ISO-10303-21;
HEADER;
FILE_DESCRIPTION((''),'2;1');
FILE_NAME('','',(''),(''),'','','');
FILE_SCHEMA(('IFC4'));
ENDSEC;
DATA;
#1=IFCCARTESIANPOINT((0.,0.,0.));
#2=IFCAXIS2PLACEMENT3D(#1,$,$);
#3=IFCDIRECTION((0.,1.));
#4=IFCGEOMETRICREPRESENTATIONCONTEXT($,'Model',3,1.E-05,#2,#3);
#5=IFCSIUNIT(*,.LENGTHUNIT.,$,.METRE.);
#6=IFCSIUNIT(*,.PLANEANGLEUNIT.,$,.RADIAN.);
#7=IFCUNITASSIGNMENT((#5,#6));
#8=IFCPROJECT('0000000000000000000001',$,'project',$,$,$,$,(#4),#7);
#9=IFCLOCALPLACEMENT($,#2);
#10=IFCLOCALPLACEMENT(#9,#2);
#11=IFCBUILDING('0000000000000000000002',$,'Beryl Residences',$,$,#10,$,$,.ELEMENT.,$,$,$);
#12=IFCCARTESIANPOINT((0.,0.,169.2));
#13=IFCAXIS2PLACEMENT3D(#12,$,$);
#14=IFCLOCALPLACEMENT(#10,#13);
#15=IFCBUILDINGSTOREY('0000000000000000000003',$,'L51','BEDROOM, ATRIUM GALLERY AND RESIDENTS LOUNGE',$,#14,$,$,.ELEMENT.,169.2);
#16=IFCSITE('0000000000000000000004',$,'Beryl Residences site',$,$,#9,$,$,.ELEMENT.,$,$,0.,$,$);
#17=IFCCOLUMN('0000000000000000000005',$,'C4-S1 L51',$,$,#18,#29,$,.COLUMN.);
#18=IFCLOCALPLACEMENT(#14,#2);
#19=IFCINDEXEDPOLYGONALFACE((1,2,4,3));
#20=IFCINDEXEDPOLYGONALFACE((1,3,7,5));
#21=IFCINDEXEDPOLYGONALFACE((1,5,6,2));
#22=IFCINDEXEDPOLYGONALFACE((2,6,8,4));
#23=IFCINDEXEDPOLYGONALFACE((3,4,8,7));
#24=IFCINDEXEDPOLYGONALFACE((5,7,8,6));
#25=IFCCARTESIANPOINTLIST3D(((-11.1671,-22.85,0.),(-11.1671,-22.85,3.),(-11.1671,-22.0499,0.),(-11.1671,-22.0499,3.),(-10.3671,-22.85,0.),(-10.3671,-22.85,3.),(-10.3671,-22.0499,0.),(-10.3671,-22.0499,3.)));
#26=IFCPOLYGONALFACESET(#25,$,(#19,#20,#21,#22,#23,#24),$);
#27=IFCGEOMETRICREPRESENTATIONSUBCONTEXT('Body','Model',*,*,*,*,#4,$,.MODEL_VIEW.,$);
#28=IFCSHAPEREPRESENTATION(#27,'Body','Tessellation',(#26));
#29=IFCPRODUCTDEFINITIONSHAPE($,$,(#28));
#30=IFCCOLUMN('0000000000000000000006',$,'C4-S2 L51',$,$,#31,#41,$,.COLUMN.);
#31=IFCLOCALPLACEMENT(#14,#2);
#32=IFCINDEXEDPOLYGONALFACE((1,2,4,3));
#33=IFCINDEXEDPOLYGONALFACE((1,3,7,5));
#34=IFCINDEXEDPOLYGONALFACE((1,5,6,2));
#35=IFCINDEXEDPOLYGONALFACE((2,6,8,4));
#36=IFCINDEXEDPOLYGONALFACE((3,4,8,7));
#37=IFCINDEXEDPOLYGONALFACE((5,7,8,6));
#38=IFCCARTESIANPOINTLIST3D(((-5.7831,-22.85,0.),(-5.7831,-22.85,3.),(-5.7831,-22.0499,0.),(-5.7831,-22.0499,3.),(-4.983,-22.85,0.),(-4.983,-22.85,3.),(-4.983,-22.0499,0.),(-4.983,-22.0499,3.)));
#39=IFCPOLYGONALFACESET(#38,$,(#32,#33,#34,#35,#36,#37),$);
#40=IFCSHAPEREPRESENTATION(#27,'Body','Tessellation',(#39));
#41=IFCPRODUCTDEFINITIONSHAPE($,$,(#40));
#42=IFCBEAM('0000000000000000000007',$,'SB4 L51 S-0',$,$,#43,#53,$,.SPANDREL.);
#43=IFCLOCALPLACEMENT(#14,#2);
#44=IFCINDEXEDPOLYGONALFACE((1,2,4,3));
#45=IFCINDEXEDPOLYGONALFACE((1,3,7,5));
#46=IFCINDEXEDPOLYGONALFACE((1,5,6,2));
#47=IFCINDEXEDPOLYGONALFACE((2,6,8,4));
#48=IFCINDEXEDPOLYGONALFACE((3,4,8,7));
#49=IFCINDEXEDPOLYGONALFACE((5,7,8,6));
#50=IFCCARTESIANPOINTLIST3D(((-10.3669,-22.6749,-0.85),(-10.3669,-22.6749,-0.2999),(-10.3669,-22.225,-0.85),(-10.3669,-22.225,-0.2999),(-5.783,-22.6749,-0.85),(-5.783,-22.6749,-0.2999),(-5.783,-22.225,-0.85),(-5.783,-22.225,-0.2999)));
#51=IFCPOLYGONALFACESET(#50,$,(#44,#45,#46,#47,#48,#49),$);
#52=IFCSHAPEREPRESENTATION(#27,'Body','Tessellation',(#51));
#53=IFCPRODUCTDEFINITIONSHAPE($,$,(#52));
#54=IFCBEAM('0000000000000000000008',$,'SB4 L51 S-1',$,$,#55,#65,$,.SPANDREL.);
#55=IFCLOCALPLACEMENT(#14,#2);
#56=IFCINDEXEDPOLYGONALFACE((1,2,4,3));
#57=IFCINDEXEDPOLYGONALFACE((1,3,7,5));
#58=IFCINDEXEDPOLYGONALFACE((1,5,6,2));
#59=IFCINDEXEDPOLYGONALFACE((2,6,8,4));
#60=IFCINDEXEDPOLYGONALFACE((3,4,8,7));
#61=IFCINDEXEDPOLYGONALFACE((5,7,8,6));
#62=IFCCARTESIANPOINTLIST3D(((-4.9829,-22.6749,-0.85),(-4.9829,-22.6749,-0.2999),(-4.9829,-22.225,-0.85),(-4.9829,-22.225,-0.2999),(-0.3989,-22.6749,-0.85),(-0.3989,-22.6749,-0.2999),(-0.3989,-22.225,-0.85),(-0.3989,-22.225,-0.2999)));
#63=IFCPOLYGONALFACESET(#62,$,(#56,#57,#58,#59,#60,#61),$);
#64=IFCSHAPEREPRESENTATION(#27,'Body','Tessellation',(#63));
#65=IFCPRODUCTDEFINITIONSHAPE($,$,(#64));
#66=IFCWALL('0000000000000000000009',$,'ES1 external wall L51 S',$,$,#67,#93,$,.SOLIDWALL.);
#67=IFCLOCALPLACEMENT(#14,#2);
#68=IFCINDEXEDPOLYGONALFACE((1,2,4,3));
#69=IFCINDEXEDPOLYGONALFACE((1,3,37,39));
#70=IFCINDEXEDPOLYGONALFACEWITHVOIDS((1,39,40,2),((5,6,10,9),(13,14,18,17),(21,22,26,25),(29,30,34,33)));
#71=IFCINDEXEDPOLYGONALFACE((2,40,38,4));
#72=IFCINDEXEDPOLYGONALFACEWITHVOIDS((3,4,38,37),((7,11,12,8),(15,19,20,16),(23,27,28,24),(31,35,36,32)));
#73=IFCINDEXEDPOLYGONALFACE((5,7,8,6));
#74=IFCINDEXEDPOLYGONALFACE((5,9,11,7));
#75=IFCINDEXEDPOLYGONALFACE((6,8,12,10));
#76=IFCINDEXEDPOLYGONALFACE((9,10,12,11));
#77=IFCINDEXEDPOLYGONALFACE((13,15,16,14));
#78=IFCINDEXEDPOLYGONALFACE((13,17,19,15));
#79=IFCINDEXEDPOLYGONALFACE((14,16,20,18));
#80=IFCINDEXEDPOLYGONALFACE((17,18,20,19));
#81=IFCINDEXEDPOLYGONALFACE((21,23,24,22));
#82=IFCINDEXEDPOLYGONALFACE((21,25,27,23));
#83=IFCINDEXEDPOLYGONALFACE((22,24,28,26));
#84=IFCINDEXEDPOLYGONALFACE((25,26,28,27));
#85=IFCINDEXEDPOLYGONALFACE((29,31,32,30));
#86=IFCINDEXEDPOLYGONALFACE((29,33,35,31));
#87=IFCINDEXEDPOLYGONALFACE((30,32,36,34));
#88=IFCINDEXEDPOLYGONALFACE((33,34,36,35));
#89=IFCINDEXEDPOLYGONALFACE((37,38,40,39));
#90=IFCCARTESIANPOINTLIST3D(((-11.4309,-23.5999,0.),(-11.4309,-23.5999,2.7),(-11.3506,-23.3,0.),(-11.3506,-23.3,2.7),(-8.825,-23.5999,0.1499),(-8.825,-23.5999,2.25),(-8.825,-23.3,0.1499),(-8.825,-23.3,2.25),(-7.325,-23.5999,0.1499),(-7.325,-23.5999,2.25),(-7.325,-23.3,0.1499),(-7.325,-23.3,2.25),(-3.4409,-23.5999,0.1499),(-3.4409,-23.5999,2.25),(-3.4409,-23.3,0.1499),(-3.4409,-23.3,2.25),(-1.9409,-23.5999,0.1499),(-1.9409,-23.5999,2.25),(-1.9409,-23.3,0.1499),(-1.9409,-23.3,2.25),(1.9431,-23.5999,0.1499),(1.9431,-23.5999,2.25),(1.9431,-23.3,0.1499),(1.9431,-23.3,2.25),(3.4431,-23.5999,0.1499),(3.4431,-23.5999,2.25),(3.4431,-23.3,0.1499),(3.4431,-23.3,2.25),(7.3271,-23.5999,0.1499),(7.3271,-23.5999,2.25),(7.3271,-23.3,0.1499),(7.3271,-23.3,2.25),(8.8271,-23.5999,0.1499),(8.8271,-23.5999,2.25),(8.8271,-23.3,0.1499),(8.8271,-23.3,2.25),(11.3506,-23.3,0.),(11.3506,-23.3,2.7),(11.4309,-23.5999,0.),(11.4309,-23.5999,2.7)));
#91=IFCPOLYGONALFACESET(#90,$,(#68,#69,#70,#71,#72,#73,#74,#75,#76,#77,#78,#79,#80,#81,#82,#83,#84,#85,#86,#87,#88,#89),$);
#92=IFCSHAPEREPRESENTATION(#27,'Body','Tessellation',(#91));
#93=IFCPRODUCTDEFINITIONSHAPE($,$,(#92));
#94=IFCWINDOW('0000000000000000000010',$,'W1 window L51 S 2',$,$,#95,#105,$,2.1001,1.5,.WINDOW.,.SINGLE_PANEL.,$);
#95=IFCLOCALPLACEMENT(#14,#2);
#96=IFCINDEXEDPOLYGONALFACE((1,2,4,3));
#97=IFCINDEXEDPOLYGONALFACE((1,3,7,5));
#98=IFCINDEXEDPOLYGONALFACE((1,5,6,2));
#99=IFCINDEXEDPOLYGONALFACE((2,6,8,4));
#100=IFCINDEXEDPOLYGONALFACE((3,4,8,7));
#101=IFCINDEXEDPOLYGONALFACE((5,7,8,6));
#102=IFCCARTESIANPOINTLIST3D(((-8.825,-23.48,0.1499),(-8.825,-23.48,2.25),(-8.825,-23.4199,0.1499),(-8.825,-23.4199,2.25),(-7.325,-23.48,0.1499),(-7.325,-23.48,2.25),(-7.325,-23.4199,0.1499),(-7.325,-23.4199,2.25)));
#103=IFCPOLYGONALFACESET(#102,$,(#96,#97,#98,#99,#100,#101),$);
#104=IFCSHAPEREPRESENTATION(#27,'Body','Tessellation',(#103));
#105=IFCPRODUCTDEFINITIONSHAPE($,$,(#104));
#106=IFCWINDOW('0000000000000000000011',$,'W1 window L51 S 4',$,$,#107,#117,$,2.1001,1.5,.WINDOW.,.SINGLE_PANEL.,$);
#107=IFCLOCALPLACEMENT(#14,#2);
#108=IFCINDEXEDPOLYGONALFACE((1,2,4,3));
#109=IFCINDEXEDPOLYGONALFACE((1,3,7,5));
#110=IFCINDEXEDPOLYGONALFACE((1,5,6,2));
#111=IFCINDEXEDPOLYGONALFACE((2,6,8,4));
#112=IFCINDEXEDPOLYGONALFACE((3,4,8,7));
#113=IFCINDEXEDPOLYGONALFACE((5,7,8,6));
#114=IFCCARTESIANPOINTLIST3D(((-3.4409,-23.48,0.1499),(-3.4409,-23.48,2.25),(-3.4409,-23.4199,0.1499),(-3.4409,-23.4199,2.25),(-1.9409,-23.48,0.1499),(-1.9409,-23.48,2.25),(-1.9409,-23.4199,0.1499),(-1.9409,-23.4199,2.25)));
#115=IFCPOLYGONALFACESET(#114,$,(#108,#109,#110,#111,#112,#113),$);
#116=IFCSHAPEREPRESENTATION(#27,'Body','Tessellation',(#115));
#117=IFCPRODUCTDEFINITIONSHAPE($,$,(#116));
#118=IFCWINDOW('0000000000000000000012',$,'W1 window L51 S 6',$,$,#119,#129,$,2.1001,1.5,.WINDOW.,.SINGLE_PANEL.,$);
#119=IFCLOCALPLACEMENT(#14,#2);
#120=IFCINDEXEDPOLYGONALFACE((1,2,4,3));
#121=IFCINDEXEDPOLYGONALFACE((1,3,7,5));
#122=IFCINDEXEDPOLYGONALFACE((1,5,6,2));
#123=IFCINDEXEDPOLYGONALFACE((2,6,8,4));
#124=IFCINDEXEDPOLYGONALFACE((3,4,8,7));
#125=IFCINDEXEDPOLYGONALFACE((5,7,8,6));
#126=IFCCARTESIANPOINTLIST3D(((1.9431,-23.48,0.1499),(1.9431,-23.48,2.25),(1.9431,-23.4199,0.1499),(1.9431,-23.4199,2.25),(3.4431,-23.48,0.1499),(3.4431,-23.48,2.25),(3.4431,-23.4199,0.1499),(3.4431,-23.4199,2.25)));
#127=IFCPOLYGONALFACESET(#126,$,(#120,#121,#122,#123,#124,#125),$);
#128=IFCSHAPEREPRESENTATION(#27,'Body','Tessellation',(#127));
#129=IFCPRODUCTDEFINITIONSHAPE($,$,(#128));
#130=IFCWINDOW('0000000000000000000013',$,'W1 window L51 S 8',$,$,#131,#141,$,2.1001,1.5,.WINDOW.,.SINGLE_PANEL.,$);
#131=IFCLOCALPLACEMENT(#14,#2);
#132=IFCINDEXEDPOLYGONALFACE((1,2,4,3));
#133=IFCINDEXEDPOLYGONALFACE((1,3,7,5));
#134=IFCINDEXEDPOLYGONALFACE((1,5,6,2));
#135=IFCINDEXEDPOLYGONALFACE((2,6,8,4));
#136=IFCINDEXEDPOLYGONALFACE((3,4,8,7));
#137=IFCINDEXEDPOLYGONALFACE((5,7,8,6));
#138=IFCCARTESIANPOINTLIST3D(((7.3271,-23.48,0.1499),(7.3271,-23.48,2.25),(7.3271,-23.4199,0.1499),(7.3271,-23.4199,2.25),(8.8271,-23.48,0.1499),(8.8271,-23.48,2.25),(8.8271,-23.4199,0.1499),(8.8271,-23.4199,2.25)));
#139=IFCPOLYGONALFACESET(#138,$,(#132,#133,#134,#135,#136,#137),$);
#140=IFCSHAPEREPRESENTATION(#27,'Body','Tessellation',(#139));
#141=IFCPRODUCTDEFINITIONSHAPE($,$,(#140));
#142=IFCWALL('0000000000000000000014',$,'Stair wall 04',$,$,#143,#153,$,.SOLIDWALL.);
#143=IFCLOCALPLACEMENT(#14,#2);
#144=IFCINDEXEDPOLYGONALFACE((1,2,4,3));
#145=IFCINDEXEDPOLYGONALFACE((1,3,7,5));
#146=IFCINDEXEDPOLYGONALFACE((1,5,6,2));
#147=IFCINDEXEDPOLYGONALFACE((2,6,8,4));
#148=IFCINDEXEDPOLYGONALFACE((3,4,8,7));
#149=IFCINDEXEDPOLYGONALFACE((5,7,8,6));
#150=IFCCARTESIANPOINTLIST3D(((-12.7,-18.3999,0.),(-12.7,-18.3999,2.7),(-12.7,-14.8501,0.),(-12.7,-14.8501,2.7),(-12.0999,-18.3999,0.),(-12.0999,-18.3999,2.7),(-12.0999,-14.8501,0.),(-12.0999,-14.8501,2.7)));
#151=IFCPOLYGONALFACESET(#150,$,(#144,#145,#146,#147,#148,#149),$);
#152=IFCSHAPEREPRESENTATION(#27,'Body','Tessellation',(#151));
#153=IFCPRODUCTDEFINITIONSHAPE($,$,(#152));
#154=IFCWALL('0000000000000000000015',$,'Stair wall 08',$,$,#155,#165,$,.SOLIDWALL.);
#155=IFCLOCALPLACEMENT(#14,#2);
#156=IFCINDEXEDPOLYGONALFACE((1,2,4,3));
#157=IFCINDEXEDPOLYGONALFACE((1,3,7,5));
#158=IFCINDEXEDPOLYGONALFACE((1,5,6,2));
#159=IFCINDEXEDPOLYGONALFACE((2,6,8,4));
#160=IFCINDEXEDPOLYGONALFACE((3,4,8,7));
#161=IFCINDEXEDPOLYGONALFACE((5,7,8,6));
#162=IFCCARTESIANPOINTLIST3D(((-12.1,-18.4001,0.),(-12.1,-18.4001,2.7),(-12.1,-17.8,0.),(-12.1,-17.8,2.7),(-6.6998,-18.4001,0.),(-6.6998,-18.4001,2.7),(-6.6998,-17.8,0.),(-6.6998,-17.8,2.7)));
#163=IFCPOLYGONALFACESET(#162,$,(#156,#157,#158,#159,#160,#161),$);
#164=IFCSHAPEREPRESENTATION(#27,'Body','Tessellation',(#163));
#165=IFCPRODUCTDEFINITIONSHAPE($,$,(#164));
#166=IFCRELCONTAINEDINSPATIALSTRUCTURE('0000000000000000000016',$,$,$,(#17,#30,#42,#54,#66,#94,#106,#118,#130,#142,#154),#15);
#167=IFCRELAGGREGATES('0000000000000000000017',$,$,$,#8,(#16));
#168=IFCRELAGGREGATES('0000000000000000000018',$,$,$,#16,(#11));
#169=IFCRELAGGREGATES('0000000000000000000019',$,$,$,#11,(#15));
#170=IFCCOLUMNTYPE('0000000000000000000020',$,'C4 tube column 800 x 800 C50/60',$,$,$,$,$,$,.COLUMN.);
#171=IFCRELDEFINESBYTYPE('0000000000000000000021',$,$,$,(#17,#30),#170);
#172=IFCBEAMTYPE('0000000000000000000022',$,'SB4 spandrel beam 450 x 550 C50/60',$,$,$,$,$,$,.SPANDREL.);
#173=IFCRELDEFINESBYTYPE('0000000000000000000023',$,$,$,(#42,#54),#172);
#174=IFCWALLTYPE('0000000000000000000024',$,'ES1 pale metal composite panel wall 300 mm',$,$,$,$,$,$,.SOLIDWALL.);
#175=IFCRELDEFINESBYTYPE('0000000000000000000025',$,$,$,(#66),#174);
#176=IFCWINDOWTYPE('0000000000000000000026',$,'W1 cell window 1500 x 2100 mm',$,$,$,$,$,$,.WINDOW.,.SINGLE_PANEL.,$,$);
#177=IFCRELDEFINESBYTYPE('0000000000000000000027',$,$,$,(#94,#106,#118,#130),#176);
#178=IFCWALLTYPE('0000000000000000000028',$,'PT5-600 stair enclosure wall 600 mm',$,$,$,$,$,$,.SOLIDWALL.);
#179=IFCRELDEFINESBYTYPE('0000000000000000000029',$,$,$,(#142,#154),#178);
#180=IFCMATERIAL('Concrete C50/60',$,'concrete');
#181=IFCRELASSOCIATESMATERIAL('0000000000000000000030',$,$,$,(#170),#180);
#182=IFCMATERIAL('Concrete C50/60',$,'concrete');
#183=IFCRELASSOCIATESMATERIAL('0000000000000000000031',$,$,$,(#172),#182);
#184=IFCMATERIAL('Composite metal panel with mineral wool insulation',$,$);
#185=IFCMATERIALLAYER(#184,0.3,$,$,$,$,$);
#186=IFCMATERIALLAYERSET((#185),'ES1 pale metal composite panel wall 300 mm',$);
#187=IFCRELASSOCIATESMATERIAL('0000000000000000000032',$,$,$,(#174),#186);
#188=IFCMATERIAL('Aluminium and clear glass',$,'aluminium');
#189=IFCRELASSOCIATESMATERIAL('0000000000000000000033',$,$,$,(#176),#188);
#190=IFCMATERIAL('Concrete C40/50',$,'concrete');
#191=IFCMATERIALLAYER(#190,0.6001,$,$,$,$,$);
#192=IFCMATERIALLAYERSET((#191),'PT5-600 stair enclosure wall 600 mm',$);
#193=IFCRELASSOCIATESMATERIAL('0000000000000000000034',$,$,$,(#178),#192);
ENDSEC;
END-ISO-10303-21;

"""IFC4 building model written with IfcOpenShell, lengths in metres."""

from ifc_helpers import new_model, si_unit, direction, frame, frame_2d, origin, origin_2d, place, context, subcontext, project, spatial, polyline, rectangle, outline, extrude, material, layer, layer_set, material_profile, profile_set, type_object, element, fill, save


model = new_model("IFC4")

# Units and contexts
model_context = context("Model", 3, precision=1e-05, world=origin(), true_north=direction((0.0, 1.0)))
body_context = subcontext(model_context, "Body", "Model", "MODEL_VIEW")
ifc_project = project(units=[si_unit("LENGTHUNIT", "METRE"), si_unit("PLANEANGLEUNIT", "RADIAN")], contexts=[model_context])

# Site, building, storey
site_placement = place(None, origin())
site = spatial("IfcSite", under=ifc_project, at=site_placement, Name="Beryl Residences site", CompositionType="ELEMENT", RefElevation=0.0)
building_placement = place(site_placement, origin())
building = spatial("IfcBuilding", under=site, at=building_placement, Name="Beryl Residences", CompositionType="ELEMENT")
storey_placement = place(building_placement, frame((0.0, 0.0, 169.2)))
storey = spatial("IfcBuildingStorey", under=building, at=storey_placement, Name="L51", Description="BEDROOM, ATRIUM GALLERY AND RESIDENTS LOUNGE", CompositionType="ELEMENT", Elevation=169.2)

# Columns
ifc_material_1 = material(Name="Concrete C50/60", Category="concrete")
ifc_material_profile_1 = material_profile(ifc_material_1, rectangle(XDim=0.8, YDim=0.8, at=origin_2d()))
ifc_profile_set_1 = profile_set([ifc_material_profile_1], Name="Concrete C50/60")
column_type = type_object("IfcColumnType", Name="C4 tube column 800 x 800 C50/60", PredefinedType="COLUMN", material=ifc_profile_set_1)
for number, where, z_axis, x_axis, name in (
    (1, (-10.7671, -22.45, 0.0), (0.0, 0.0, 1.0), (1.0, 0.0, 0.0), "C4-S1 L51"),
    (2, (-5.3831, -22.45, 0.0), (0.0, 0.0, 1.0), (1.0, 0.0, 0.0), "C4-S2 L51"),
):
    element("IfcColumn", number, at=place(storey_placement, frame(where, z_axis=z_axis, x_axis=x_axis)), inside=storey, type_object=column_type, Name=name, PredefinedType="COLUMN", context=body_context, shape_type="SweptSolid", body=[
        extrude(rectangle(XDim=0.8, YDim=0.8, at=origin_2d()), origin(), (0.0, 0.0, 1.0), 3.0),
    ])

# Beams
ifc_material_2 = material(Name="Concrete C50/60", Category="concrete")
ifc_material_profile_2 = material_profile(ifc_material_2, rectangle(XDim=0.45, YDim=0.55, at=origin_2d()))
ifc_profile_set_2 = profile_set([ifc_material_profile_2], Name="Concrete C50/60")
beam_type = type_object("IfcBeamType", Name="SB4 spandrel beam 450 x 550 C50/60", PredefinedType="SPANDREL", material=ifc_profile_set_2)
for number, where, z_axis, x_axis, name in (
    (3, (-10.3669, -22.45, -0.575), (1.0, 0.0, 0.0), (0.0, 1.0, 0.0), "SB4 L51 S-0"),
    (4, (-4.9829, -22.45, -0.575), (1.0, 0.0, 0.0), (0.0, 1.0, 0.0), "SB4 L51 S-1"),
):
    element("IfcBeam", number, at=place(storey_placement, frame(where, z_axis=z_axis, x_axis=x_axis)), inside=storey, type_object=beam_type, Name=name, PredefinedType="SPANDREL", context=body_context, shape_type="SweptSolid", body=[
        extrude(rectangle(XDim=0.45, YDim=0.55, at=origin_2d()), origin(), (0.0, 0.0, 1.0), 4.584),
    ])

# Wall, openings, windows
ifc_material_3 = material(Name="Composite metal panel with mineral wool insulation")
ifc_layer_1 = layer(ifc_material_3, 0.3)
ifc_layer_set_1 = layer_set([ifc_layer_1], Name="ES1 pale metal composite panel wall 300 mm")
wall_type_1 = type_object("IfcWallType", Name="ES1 pale metal composite panel wall 300 mm", PredefinedType="SOLIDWALL", material=ifc_layer_set_1)
wall_1_placement = place(storey_placement, frame((-11.4309, -23.45, 0.0), z_axis=(0.0, 0.0, 1.0), x_axis=(1.0, 0.0, 0.0)))
wall_1 = element("IfcWall", 5, at=wall_1_placement, inside=storey, type_object=wall_type_1, Name="ES1 external wall L51 S", PredefinedType="SOLIDWALL", context=body_context, shape_type="SweptSolid", body=[
    extrude(outline(polyline([(0.0, -0.1499), (22.8618, -0.1499), (22.7815, 0.1499), (0.0803, 0.1499), (0.0, -0.1499)])), origin(), (0.0, 0.0, 1.0), 2.7),
])
opening_1_placement = place(wall_1_placement, frame((2.606, 0.0, 0.1499)))
opening_1 = element("IfcOpeningElement", 6, at=opening_1_placement, cuts=wall_1, PredefinedType="OPENING", context=body_context, shape_type="SweptSolid", body=[
    extrude(rectangle(XDim=1.5, YDim=2.1001, at=frame_2d((0.75, 1.05))), frame((0.0, 0.1599, 0.0), z_axis=(0.0, -1.0, 0.0), x_axis=(1.0, 0.0, 0.0)), (0.0, 0.0, 1.0), 0.3201),
])
opening_2_placement = place(wall_1_placement, frame((7.99, 0.0, 0.1499)))
opening_2 = element("IfcOpeningElement", 7, at=opening_2_placement, cuts=wall_1, PredefinedType="OPENING", context=body_context, shape_type="SweptSolid", body=[
    extrude(rectangle(XDim=1.5, YDim=2.1001, at=frame_2d((0.75, 1.05))), frame((0.0, 0.1599, 0.0), z_axis=(0.0, -1.0, 0.0), x_axis=(1.0, 0.0, 0.0)), (0.0, 0.0, 1.0), 0.3201),
])
opening_3_placement = place(wall_1_placement, frame((13.374, 0.0, 0.1499)))
opening_3 = element("IfcOpeningElement", 8, at=opening_3_placement, cuts=wall_1, PredefinedType="OPENING", context=body_context, shape_type="SweptSolid", body=[
    extrude(rectangle(XDim=1.5, YDim=2.1001, at=frame_2d((0.75, 1.05))), frame((0.0, 0.1599, 0.0), z_axis=(0.0, -1.0, 0.0), x_axis=(1.0, 0.0, 0.0)), (0.0, 0.0, 1.0), 0.3201),
])
opening_4_placement = place(wall_1_placement, frame((18.7581, 0.0, 0.1499)))
opening_4 = element("IfcOpeningElement", 9, at=opening_4_placement, cuts=wall_1, PredefinedType="OPENING", context=body_context, shape_type="SweptSolid", body=[
    extrude(rectangle(XDim=1.5, YDim=2.1001, at=frame_2d((0.75, 1.05))), frame((0.0, 0.1599, 0.0), z_axis=(0.0, -1.0, 0.0), x_axis=(1.0, 0.0, 0.0)), (0.0, 0.0, 1.0), 0.3201),
])
ifc_material_4 = material(Name="Aluminium and clear glass", Category="aluminium")
window_type = type_object("IfcWindowType", Name="W1 cell window 1500 x 2100 mm", PartitioningType="SINGLE_PANEL", PredefinedType="WINDOW", material=ifc_material_4)
window_1_placement = place(opening_1_placement, origin())
window_1 = element("IfcWindow", 10, at=window_1_placement, inside=storey, type_object=window_type, Name="W1 window L51 S 2", OverallHeight=2.1001, OverallWidth=1.5, PartitioningType="SINGLE_PANEL", PredefinedType="WINDOW", context=body_context, shape_type="SweptSolid", body=[
    extrude(rectangle(XDim=1.5, YDim=2.1001, at=frame_2d((0.75, 1.05))), frame((0.0, 0.03, 0.0), z_axis=(0.0, -1.0, 0.0), x_axis=(1.0, 0.0, 0.0)), (0.0, 0.0, 1.0), 0.0601),
])
fill(opening_1, window_1)
window_2_placement = place(opening_2_placement, origin())
window_2 = element("IfcWindow", 11, at=window_2_placement, inside=storey, type_object=window_type, Name="W1 window L51 S 4", OverallHeight=2.1001, OverallWidth=1.5, PartitioningType="SINGLE_PANEL", PredefinedType="WINDOW", context=body_context, shape_type="SweptSolid", body=[
    extrude(rectangle(XDim=1.5, YDim=2.1001, at=frame_2d((0.75, 1.05))), frame((0.0, 0.03, 0.0), z_axis=(0.0, -1.0, 0.0), x_axis=(1.0, 0.0, 0.0)), (0.0, 0.0, 1.0), 0.0601),
])
fill(opening_2, window_2)
window_3_placement = place(opening_3_placement, origin())
window_3 = element("IfcWindow", 12, at=window_3_placement, inside=storey, type_object=window_type, Name="W1 window L51 S 6", OverallHeight=2.1001, OverallWidth=1.5, PartitioningType="SINGLE_PANEL", PredefinedType="WINDOW", context=body_context, shape_type="SweptSolid", body=[
    extrude(rectangle(XDim=1.5, YDim=2.1001, at=frame_2d((0.75, 1.05))), frame((0.0, 0.03, 0.0), z_axis=(0.0, -1.0, 0.0), x_axis=(1.0, 0.0, 0.0)), (0.0, 0.0, 1.0), 0.0601),
])
fill(opening_3, window_3)
window_4_placement = place(opening_4_placement, origin())
window_4 = element("IfcWindow", 13, at=window_4_placement, inside=storey, type_object=window_type, Name="W1 window L51 S 8", OverallHeight=2.1001, OverallWidth=1.5, PartitioningType="SINGLE_PANEL", PredefinedType="WINDOW", context=body_context, shape_type="SweptSolid", body=[
    extrude(rectangle(XDim=1.5, YDim=2.1001, at=frame_2d((0.75, 1.05))), frame((0.0, 0.03, 0.0), z_axis=(0.0, -1.0, 0.0), x_axis=(1.0, 0.0, 0.0)), (0.0, 0.0, 1.0), 0.0601),
])
fill(opening_4, window_4)

# Walls
ifc_material_5 = material(Name="Concrete C40/50", Category="concrete")
ifc_layer_2 = layer(ifc_material_5, 0.6001)
ifc_layer_set_2 = layer_set([ifc_layer_2], Name="PT5-600 stair enclosure wall 600 mm")
wall_type_2 = type_object("IfcWallType", Name="PT5-600 stair enclosure wall 600 mm", PredefinedType="SOLIDWALL", material=ifc_layer_set_2)
wall_2_placement = place(storey_placement, frame((-12.3999, -18.3999, 0.0), z_axis=(0.0, 0.0, 1.0), x_axis=(0.0, 1.0, 0.0)))
element("IfcWall", 14, at=wall_2_placement, inside=storey, type_object=wall_type_2, Name="Stair wall 04", PredefinedType="SOLIDWALL", context=body_context, shape_type="SweptSolid", body=[
    extrude(rectangle(XDim=3.5498, YDim=0.6001, at=frame_2d((1.7749, 0.0))), origin(), (0.0, 0.0, 1.0), 2.7),
])
wall_3_placement = place(storey_placement, frame((-12.1001, -18.1001, 0.0), z_axis=(0.0, 0.0, 1.0), x_axis=(1.0, 0.0, 0.0)))
element("IfcWall", 15, at=wall_3_placement, inside=storey, type_object=wall_type_2, Name="Stair wall 08", PredefinedType="SOLIDWALL", context=body_context, shape_type="SweptSolid", body=[
    extrude(rectangle(XDim=5.4001, YDim=0.6001, at=frame_2d((2.7002, 0.0))), origin(), (0.0, 0.0, 1.0), 2.7),
])

save(model, "model.ifc")
